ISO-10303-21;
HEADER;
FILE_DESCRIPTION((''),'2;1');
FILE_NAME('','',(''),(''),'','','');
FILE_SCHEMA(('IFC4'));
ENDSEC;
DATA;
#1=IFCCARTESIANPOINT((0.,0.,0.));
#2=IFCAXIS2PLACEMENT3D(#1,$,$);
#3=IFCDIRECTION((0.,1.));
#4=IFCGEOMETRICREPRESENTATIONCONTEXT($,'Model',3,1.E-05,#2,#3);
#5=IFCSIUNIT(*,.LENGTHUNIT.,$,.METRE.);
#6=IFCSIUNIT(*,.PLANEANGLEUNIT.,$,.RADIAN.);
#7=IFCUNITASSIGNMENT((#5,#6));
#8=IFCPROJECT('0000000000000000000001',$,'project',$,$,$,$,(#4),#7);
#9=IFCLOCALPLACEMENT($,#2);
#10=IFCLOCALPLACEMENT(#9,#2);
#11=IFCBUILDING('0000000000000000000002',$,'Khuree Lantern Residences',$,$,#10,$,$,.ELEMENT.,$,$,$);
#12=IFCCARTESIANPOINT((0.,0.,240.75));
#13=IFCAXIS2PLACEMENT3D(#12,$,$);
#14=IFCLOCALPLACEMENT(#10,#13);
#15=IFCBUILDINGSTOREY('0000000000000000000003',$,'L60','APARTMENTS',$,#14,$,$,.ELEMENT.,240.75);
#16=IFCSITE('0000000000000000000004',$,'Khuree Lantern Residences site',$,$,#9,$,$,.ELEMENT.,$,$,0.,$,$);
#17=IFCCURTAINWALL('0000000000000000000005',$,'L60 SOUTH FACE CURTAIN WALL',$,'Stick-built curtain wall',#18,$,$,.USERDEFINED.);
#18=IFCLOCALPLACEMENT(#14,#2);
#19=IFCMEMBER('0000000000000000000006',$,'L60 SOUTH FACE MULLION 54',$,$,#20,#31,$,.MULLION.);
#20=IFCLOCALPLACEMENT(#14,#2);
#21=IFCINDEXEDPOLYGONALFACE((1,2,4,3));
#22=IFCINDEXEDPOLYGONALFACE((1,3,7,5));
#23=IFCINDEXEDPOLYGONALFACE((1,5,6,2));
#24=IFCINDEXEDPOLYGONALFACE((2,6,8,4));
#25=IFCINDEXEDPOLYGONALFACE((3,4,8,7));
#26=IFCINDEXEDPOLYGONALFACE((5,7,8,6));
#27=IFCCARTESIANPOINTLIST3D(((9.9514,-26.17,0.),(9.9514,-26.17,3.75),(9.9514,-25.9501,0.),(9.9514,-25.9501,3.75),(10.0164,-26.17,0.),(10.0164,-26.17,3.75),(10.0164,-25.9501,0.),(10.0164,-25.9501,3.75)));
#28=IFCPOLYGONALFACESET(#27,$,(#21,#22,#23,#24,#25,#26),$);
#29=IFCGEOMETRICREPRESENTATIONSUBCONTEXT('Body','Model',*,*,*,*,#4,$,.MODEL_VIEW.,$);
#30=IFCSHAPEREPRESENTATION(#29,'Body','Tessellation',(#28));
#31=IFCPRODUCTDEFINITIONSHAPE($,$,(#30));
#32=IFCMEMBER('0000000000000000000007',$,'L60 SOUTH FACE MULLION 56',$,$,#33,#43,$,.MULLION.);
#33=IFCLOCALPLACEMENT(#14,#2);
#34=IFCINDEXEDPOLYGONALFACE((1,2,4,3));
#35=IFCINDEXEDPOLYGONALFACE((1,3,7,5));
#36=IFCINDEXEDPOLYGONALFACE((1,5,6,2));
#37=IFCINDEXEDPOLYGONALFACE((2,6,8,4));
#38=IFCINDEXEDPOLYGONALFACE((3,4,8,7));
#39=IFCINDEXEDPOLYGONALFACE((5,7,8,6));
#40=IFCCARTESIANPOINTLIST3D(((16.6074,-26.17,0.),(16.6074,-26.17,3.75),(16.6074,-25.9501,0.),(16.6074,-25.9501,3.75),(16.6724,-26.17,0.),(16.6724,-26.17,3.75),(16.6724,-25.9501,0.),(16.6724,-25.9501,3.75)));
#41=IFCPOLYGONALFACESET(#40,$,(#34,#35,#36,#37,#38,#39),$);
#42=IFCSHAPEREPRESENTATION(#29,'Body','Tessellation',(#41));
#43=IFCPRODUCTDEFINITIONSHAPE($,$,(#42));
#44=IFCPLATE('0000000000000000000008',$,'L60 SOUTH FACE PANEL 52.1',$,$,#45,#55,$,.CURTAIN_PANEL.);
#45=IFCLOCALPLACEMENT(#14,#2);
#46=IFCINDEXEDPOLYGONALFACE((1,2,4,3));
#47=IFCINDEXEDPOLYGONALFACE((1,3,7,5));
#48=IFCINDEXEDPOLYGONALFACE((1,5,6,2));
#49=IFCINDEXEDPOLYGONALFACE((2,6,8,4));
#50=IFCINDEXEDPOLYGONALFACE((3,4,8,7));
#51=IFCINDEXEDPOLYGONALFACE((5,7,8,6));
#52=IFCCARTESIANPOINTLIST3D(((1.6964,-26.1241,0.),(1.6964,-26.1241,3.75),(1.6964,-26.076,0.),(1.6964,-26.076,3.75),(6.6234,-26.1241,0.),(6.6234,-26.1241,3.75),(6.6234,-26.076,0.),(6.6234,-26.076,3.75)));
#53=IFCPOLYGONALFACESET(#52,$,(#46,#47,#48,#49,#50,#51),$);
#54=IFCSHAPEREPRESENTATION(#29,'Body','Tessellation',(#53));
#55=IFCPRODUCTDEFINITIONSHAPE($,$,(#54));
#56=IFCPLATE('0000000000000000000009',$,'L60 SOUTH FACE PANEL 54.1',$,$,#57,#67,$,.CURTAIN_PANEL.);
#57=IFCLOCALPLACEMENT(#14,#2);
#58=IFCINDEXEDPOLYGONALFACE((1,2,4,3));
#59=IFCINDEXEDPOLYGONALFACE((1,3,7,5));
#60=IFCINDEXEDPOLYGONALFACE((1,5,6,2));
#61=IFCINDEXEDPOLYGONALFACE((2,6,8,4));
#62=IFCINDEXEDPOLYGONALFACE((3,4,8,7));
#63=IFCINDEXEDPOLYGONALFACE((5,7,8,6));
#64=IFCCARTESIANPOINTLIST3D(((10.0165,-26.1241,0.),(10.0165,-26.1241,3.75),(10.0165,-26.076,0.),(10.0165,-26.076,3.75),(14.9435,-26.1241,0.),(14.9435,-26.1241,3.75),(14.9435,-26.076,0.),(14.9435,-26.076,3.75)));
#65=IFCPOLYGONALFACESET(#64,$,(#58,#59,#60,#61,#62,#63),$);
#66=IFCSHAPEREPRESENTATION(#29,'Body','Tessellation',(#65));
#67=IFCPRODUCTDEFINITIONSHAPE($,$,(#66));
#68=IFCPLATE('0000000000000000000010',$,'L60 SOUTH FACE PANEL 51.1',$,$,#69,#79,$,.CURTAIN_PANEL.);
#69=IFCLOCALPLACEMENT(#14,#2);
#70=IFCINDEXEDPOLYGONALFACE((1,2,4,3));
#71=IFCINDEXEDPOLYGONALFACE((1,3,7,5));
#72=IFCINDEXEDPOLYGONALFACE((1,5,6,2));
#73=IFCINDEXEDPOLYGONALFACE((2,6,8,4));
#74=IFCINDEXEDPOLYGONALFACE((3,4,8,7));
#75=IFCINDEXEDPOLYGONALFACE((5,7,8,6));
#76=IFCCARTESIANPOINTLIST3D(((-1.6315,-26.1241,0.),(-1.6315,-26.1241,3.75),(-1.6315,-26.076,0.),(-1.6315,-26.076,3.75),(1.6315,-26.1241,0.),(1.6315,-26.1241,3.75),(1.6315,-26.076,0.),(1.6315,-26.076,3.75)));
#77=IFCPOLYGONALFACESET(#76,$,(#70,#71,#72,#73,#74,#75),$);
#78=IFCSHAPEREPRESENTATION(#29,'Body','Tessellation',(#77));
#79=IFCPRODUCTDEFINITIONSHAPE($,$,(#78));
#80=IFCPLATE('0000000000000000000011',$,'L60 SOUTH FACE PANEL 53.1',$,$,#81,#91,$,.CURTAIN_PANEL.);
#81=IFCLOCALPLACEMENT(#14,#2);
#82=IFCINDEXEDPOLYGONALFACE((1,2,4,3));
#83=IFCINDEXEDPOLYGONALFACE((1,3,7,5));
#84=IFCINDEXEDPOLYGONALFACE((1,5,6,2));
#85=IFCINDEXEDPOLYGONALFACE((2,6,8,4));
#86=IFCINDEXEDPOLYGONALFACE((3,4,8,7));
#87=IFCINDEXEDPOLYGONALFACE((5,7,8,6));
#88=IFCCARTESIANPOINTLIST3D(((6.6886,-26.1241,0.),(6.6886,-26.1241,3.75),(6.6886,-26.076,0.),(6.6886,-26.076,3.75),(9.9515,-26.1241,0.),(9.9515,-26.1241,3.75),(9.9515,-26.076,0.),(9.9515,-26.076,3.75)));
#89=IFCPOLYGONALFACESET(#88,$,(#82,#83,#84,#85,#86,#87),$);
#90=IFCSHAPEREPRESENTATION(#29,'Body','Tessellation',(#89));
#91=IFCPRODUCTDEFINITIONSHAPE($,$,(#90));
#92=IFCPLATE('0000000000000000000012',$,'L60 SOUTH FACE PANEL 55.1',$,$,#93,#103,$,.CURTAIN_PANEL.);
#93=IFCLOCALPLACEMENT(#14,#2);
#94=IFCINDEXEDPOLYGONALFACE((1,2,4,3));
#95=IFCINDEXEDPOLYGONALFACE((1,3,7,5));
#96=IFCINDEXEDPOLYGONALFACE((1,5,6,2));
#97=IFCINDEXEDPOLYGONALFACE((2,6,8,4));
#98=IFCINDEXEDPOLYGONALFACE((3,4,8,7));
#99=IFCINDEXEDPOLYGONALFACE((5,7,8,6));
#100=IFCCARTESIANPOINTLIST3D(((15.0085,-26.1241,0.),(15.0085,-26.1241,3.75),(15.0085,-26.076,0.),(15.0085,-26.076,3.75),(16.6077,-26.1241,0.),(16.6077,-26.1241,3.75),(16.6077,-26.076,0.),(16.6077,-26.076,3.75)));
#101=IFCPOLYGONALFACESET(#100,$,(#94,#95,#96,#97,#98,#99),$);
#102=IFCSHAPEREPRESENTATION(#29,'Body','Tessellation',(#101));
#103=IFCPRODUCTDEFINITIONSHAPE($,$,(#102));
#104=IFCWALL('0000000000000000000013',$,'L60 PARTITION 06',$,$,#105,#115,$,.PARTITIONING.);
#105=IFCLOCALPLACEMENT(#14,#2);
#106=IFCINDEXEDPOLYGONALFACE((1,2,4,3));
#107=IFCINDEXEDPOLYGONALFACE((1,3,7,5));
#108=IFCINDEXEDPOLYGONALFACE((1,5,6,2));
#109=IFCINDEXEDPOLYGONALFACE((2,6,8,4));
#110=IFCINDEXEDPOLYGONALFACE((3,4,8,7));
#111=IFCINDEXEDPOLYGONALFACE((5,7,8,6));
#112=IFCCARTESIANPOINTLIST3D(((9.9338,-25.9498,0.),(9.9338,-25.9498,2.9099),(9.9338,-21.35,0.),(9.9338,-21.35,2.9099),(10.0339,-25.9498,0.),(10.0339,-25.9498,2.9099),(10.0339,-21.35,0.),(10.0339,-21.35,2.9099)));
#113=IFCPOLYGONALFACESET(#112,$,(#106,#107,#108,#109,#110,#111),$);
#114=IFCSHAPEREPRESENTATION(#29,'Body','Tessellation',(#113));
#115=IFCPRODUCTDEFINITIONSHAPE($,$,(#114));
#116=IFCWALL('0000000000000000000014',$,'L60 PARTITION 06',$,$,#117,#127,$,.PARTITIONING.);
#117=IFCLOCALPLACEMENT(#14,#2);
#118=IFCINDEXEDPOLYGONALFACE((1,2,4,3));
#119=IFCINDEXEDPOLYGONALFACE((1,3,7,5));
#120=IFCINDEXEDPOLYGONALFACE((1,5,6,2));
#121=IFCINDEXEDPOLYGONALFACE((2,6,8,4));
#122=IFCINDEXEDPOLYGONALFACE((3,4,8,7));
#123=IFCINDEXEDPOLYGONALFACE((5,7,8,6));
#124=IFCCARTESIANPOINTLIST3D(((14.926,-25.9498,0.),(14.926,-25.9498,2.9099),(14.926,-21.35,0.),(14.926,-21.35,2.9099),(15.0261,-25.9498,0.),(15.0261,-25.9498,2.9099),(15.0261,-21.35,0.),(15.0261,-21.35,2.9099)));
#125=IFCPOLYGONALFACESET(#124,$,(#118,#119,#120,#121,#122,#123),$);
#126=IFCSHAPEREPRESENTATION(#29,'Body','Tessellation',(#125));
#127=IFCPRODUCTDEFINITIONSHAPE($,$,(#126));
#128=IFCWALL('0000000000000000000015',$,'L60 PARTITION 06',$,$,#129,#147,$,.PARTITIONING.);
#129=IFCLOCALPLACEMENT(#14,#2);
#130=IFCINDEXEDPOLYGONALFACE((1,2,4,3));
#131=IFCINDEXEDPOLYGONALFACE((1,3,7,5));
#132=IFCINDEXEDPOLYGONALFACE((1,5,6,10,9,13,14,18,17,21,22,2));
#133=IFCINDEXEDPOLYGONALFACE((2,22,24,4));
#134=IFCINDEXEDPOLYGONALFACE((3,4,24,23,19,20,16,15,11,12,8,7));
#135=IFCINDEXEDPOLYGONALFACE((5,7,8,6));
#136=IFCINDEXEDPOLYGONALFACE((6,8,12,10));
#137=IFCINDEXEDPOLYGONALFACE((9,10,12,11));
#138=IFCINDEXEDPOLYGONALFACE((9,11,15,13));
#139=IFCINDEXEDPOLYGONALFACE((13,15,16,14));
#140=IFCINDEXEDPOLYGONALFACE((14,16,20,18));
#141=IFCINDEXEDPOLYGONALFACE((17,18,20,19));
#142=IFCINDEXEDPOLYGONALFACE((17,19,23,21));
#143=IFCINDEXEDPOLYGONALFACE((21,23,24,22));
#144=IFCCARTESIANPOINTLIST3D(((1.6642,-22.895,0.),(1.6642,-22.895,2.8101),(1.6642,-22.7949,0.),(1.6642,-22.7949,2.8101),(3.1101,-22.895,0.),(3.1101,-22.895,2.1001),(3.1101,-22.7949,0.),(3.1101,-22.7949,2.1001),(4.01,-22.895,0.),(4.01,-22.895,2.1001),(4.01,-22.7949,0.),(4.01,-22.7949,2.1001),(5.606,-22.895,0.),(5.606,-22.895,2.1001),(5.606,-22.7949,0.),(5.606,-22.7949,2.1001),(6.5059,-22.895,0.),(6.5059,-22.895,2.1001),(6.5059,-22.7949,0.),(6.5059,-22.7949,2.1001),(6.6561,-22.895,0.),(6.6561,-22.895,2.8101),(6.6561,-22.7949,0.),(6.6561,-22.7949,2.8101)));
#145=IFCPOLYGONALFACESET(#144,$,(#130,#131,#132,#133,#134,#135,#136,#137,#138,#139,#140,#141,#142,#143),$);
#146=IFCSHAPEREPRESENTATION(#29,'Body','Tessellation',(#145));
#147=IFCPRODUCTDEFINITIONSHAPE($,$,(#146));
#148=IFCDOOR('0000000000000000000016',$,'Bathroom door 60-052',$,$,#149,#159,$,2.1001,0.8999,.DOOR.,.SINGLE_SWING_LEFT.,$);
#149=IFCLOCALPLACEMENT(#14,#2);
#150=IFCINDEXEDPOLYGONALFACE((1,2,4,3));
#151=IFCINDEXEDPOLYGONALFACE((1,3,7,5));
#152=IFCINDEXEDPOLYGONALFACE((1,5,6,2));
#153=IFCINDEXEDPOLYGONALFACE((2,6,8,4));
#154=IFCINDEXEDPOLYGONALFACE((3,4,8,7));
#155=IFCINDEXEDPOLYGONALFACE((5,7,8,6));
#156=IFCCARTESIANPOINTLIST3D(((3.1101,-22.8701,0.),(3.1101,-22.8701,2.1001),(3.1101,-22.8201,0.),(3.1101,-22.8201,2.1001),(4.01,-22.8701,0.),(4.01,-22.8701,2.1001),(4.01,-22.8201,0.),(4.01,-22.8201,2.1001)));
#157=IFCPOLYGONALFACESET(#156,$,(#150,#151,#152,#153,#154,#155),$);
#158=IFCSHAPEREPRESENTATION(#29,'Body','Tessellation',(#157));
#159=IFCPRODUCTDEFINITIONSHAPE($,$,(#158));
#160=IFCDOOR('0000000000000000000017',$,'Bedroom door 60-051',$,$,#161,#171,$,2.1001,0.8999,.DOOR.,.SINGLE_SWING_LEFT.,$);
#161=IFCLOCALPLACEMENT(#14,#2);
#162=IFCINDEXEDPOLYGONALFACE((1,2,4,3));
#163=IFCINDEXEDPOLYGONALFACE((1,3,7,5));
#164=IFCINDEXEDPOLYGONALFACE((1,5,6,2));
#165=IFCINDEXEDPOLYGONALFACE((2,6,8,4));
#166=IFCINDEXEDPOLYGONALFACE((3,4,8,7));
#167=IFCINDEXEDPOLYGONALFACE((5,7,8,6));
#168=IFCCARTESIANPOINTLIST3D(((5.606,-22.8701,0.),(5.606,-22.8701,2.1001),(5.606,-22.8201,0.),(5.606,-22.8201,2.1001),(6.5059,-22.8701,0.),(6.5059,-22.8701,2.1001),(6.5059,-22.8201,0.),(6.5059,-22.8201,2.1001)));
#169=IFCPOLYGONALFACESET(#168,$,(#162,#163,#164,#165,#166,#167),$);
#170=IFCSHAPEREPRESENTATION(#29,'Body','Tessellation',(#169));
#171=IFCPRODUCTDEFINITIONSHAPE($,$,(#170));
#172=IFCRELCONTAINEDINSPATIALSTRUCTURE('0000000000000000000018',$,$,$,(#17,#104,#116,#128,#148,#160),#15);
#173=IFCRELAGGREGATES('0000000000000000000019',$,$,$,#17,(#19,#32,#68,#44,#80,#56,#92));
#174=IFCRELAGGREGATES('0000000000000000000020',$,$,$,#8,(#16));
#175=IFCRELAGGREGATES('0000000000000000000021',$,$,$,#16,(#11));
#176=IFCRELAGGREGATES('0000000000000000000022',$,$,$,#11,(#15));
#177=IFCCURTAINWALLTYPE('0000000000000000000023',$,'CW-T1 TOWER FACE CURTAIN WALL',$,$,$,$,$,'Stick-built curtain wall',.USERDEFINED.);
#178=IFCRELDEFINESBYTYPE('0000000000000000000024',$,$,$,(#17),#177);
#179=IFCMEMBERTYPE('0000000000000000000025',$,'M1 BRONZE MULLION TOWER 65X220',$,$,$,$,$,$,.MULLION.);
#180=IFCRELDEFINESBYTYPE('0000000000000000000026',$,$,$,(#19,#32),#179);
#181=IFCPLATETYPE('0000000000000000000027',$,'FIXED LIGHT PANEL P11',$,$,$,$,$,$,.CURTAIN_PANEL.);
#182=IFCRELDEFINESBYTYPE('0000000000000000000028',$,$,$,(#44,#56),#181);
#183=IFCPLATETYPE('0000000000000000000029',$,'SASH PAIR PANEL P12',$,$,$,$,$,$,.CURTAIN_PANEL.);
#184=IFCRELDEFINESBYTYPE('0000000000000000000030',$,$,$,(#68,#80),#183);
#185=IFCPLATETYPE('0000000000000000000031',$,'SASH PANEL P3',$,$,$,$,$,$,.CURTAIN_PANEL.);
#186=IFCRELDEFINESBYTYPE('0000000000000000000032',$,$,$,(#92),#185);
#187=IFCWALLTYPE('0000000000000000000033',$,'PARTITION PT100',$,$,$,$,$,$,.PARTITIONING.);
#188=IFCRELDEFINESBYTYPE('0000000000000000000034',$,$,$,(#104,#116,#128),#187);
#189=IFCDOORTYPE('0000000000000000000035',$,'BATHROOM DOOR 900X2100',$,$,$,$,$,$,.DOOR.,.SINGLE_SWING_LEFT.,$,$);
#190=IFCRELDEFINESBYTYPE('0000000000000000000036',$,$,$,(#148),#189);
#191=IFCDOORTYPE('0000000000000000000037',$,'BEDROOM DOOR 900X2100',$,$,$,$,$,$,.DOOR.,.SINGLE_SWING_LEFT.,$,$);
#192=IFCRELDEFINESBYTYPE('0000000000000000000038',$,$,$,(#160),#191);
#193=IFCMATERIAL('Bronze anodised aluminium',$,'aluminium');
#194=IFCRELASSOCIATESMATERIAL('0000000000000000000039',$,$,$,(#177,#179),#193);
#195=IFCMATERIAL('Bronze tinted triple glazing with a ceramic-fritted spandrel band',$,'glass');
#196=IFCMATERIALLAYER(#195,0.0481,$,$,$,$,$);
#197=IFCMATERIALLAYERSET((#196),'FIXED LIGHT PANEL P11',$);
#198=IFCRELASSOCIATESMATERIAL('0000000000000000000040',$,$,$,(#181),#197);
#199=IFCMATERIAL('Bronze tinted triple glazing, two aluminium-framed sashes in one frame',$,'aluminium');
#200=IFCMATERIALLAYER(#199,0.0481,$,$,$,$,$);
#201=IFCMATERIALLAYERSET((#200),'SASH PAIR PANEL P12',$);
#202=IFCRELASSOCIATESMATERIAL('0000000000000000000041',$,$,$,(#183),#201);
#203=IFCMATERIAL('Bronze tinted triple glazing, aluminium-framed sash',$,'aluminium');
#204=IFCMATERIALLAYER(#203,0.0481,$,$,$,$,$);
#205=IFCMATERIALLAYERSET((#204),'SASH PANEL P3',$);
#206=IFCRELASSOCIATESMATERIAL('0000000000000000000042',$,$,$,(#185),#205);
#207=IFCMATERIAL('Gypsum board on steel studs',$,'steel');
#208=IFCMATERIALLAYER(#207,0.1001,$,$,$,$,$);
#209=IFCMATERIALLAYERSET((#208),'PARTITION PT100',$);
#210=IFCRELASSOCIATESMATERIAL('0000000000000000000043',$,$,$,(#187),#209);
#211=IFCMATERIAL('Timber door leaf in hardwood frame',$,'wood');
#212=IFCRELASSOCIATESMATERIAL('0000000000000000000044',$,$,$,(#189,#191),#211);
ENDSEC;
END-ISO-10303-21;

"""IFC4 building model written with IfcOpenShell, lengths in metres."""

from ifc_helpers import new_model, si_unit, direction, frame, frame_2d, origin, origin_2d, place, context, subcontext, project, spatial, rectangle, extrude, material, layer, layer_set, material_profile, profile_set, type_object, element, fill, aggregate, save


model = new_model("IFC4")

# Units and contexts
model_context = context("Model", 3, precision=1e-05, world=origin(), true_north=direction((0.0, 1.0)))
body_context = subcontext(model_context, "Body", "Model", "MODEL_VIEW")
ifc_project = project(units=[si_unit("LENGTHUNIT", "METRE"), si_unit("PLANEANGLEUNIT", "RADIAN")], contexts=[model_context])

# Site, building, storey
site_placement = place(None, origin())
site = spatial("IfcSite", under=ifc_project, at=site_placement, Name="Khuree Lantern Residences site", CompositionType="ELEMENT", RefElevation=0.0)
building_placement = place(site_placement, origin())
building = spatial("IfcBuilding", under=site, at=building_placement, Name="Khuree Lantern Residences", CompositionType="ELEMENT")
storey_placement = place(building_placement, frame((0.0, 0.0, 240.75)))
storey = spatial("IfcBuildingStorey", under=building, at=storey_placement, Name="L60", Description="APARTMENTS", CompositionType="ELEMENT", Elevation=240.75)

# Curtain wall
ifc_material_1 = material(Name="Bronze anodised aluminium", Category="aluminium")
curtain_wall_type = type_object("IfcCurtainWallType", Name="CW-T1 TOWER FACE CURTAIN WALL", ElementType="Stick-built curtain wall", PredefinedType="USERDEFINED", material=ifc_material_1)
curtain_wall_placement = place(storey_placement, origin())
curtain_wall = element("IfcCurtainWall", 1, at=curtain_wall_placement, inside=storey, type_object=curtain_wall_type, Name="L60 SOUTH FACE CURTAIN WALL", ObjectType="Stick-built curtain wall", PredefinedType="USERDEFINED")

# Members
ifc_material_profile_1 = material_profile(ifc_material_1, rectangle(XDim=0.0649, YDim=0.22, at=origin_2d()), Name="M1 65X220")
ifc_profile_set_1 = profile_set([ifc_material_profile_1], Name="Bronze anodised aluminium")
member_type_1 = type_object("IfcMemberType", Name="M1 BRONZE MULLION TOWER 65X220", PredefinedType="MULLION", material=ifc_profile_set_1)
member_1_placement = place(storey_placement, frame((9.9839, -26.0601, 0.0), z_axis=(0.0, 0.0, 1.0), x_axis=(1.0, 0.0, 0.0)))
member_1 = element("IfcMember", 2, at=member_1_placement, type_object=member_type_1, Name="L60 SOUTH FACE MULLION 54", PredefinedType="MULLION", context=body_context, shape_type="SweptSolid", body=[
    extrude(rectangle(XDim=0.0649, YDim=0.22, at=origin_2d()), origin(), (0.0, 0.0, 1.0), 3.75),
])
member_2_placement = place(storey_placement, frame((16.6399, -26.0601, 0.0), z_axis=(0.0, 0.0, 1.0), x_axis=(1.0, 0.0, 0.0)))
member_2 = element("IfcMember", 3, at=member_2_placement, type_object=member_type_1, Name="L60 SOUTH FACE MULLION 56", PredefinedType="MULLION", context=body_context, shape_type="SweptSolid", body=[
    extrude(rectangle(XDim=0.0649, YDim=0.22, at=origin_2d()), origin(), (0.0, 0.0, 1.0), 3.75),
])

# Plates
ifc_material_2 = material(Name="Bronze tinted triple glazing with a ceramic-fritted spandrel band", Category="glass")
ifc_layer_1 = layer(ifc_material_2, 0.0481)
ifc_layer_set_1 = layer_set([ifc_layer_1], Name="FIXED LIGHT PANEL P11")
plate_type_1 = type_object("IfcPlateType", Name="FIXED LIGHT PANEL P11", PredefinedType="CURTAIN_PANEL", material=ifc_layer_set_1)
plate_1_placement = place(storey_placement, frame((4.1599, -26.1001, 0.0), z_axis=(0.0, 0.0, 1.0), x_axis=(1.0, 0.0, 0.0)))
plate_1 = element("IfcPlate", 4, at=plate_1_placement, type_object=plate_type_1, Name="L60 SOUTH FACE PANEL 52.1", PredefinedType="CURTAIN_PANEL", context=body_context, shape_type="SweptSolid", body=[
    extrude(rectangle(XDim=4.927, YDim=0.0481, at=origin_2d()), origin(), (0.0, 0.0, 1.0), 3.75),
])
plate_2_placement = place(storey_placement, frame((12.48, -26.1001, 0.0), z_axis=(0.0, 0.0, 1.0), x_axis=(1.0, 0.0, 0.0)))
plate_2 = element("IfcPlate", 5, at=plate_2_placement, type_object=plate_type_1, Name="L60 SOUTH FACE PANEL 54.1", PredefinedType="CURTAIN_PANEL", context=body_context, shape_type="SweptSolid", body=[
    extrude(rectangle(XDim=4.927, YDim=0.0481, at=origin_2d()), origin(), (0.0, 0.0, 1.0), 3.75),
])
ifc_material_3 = material(Name="Bronze tinted triple glazing, two aluminium-framed sashes in one frame", Category="aluminium")
ifc_layer_2 = layer(ifc_material_3, 0.0481)
ifc_layer_set_2 = layer_set([ifc_layer_2], Name="SASH PAIR PANEL P12")
plate_type_2 = type_object("IfcPlateType", Name="SASH PAIR PANEL P12", PredefinedType="CURTAIN_PANEL", material=ifc_layer_set_2)
plate_3_placement = place(storey_placement, frame((0.0, -26.1001, 0.0), z_axis=(0.0, 0.0, 1.0), x_axis=(1.0, 0.0, 0.0)))
plate_3 = element("IfcPlate", 6, at=plate_3_placement, type_object=plate_type_2, Name="L60 SOUTH FACE PANEL 51.1", PredefinedType="CURTAIN_PANEL", context=body_context, shape_type="SweptSolid", body=[
    extrude(rectangle(XDim=3.2629, YDim=0.0481, at=origin_2d()), origin(), (0.0, 0.0, 1.0), 3.75),
])
plate_4_placement = place(storey_placement, frame((8.3201, -26.1001, 0.0), z_axis=(0.0, 0.0, 1.0), x_axis=(1.0, 0.0, 0.0)))
plate_4 = element("IfcPlate", 7, at=plate_4_placement, type_object=plate_type_2, Name="L60 SOUTH FACE PANEL 53.1", PredefinedType="CURTAIN_PANEL", context=body_context, shape_type="SweptSolid", body=[
    extrude(rectangle(XDim=3.2629, YDim=0.0481, at=origin_2d()), origin(), (0.0, 0.0, 1.0), 3.75),
])
ifc_material_4 = material(Name="Bronze tinted triple glazing, aluminium-framed sash", Category="aluminium")
ifc_layer_3 = layer(ifc_material_4, 0.0481)
ifc_layer_set_3 = layer_set([ifc_layer_3], Name="SASH PANEL P3")
plate_type_3 = type_object("IfcPlateType", Name="SASH PANEL P3", PredefinedType="CURTAIN_PANEL", material=ifc_layer_set_3)
plate_5_placement = place(storey_placement, frame((15.8081, -26.1001, 0.0), z_axis=(0.0, 0.0, 1.0), x_axis=(1.0, 0.0, 0.0)))
plate_5 = element("IfcPlate", 8, at=plate_5_placement, type_object=plate_type_3, Name="L60 SOUTH FACE PANEL 55.1", PredefinedType="CURTAIN_PANEL", context=body_context, shape_type="SweptSolid", body=[
    extrude(rectangle(XDim=1.5991, YDim=0.0481, at=origin_2d()), origin(), (0.0, 0.0, 1.0), 3.75),
])
aggregate(curtain_wall, [member_1, member_2, plate_3, plate_1, plate_4, plate_2, plate_5])

# Walls
ifc_material_5 = material(Name="Gypsum board on steel studs", Category="steel")
ifc_layer_4 = layer(ifc_material_5, 0.1001)
ifc_layer_set_4 = layer_set([ifc_layer_4], Name="PARTITION PT100")
wall_type = type_object("IfcWallType", Name="PARTITION PT100", PredefinedType="PARTITIONING", material=ifc_layer_set_4)
for number, where, z_axis, x_axis, name in (
    (9, (9.9839, -21.3501, 0.0), (0.0, 0.0, 1.0), (0.0, -1.0, 0.0), "L60 PARTITION 06"),
    (10, (14.9761, -21.3501, 0.0), (0.0, 0.0, 1.0), (0.0, -1.0, 0.0), "L60 PARTITION 06"),
):
    element("IfcWall", number, at=place(storey_placement, frame(where, z_axis=z_axis, x_axis=x_axis)), inside=storey, type_object=wall_type, Name=name, PredefinedType="PARTITIONING", context=body_context, shape_type="SweptSolid", body=[
        extrude(rectangle(XDim=4.5999, YDim=0.1001, at=frame_2d((2.2998, 0.0))), origin(), (0.0, 0.0, 1.0), 2.9099),
    ])

# Wall, openings, doors
wall_1_placement = place(storey_placement, frame((1.6641, -22.845, 0.0), z_axis=(0.0, 0.0, 1.0), x_axis=(1.0, 0.0, 0.0)))
wall_1 = element("IfcWall", 11, at=wall_1_placement, inside=storey, type_object=wall_type, Name="L60 PARTITION 06", PredefinedType="PARTITIONING", context=body_context, shape_type="SweptSolid", body=[
    extrude(rectangle(XDim=4.9919, YDim=0.1001, at=frame_2d((2.4961, 0.0))), origin(), (0.0, 0.0, 1.0), 2.8101),
])
opening_1_placement = place(wall_1_placement, frame((3.9419, 0.0, 0.0)))
opening_1 = element("IfcOpeningElement", 12, at=opening_1_placement, cuts=wall_1, PredefinedType="OPENING", context=body_context, shape_type="SweptSolid", body=[
    extrude(rectangle(XDim=0.8999, YDim=2.1001, at=frame_2d((0.45, 1.05))), frame((0.0, 0.0601, 0.0), z_axis=(0.0, -1.0, 0.0), x_axis=(1.0, 0.0, 0.0)), (0.0, 0.0, 1.0), 0.1201),
])
opening_2_placement = place(wall_1_placement, frame((1.446, 0.0, 0.0)))
opening_2 = element("IfcOpeningElement", 13, at=opening_2_placement, cuts=wall_1, PredefinedType="OPENING", context=body_context, shape_type="SweptSolid", body=[
    extrude(rectangle(XDim=0.8999, YDim=2.1001, at=frame_2d((0.45, 1.05))), frame((0.0, 0.0601, 0.0), z_axis=(0.0, -1.0, 0.0), x_axis=(1.0, 0.0, 0.0)), (0.0, 0.0, 1.0), 0.1201),
])
ifc_material_6 = material(Name="Timber door leaf in hardwood frame", Category="wood")
door_type_1 = type_object("IfcDoorType", Name="BATHROOM DOOR 900X2100", OperationType="SINGLE_SWING_LEFT", PredefinedType="DOOR", material=ifc_material_6)
door_1_placement = place(opening_2_placement, origin())
door_1 = element("IfcDoor", 14, at=door_1_placement, inside=storey, type_object=door_type_1, Name="Bathroom door 60-052", OperationType="SINGLE_SWING_LEFT", OverallHeight=2.1001, OverallWidth=0.8999, PredefinedType="DOOR", context=body_context, shape_type="SweptSolid", body=[
    extrude(rectangle(XDim=0.8999, YDim=2.1001, at=frame_2d((0.45, 1.05))), frame((0.0, 0.0249, 0.0), z_axis=(0.0, -1.0, 0.0), x_axis=(1.0, 0.0, 0.0)), (0.0, 0.0, 1.0), 0.05),
])
fill(opening_2, door_1)
door_type_2 = type_object("IfcDoorType", Name="BEDROOM DOOR 900X2100", OperationType="SINGLE_SWING_LEFT", PredefinedType="DOOR", material=ifc_material_6)
door_2_placement = place(opening_1_placement, origin())
door_2 = element("IfcDoor", 15, at=door_2_placement, inside=storey, type_object=door_type_2, Name="Bedroom door 60-051", OperationType="SINGLE_SWING_LEFT", OverallHeight=2.1001, OverallWidth=0.8999, PredefinedType="DOOR", context=body_context, shape_type="SweptSolid", body=[
    extrude(rectangle(XDim=0.8999, YDim=2.1001, at=frame_2d((0.45, 1.05))), frame((0.0, 0.0249, 0.0), z_axis=(0.0, -1.0, 0.0), x_axis=(1.0, 0.0, 0.0)), (0.0, 0.0, 1.0), 0.05),
])
fill(opening_1, door_2)

save(model, "model.ifc")
